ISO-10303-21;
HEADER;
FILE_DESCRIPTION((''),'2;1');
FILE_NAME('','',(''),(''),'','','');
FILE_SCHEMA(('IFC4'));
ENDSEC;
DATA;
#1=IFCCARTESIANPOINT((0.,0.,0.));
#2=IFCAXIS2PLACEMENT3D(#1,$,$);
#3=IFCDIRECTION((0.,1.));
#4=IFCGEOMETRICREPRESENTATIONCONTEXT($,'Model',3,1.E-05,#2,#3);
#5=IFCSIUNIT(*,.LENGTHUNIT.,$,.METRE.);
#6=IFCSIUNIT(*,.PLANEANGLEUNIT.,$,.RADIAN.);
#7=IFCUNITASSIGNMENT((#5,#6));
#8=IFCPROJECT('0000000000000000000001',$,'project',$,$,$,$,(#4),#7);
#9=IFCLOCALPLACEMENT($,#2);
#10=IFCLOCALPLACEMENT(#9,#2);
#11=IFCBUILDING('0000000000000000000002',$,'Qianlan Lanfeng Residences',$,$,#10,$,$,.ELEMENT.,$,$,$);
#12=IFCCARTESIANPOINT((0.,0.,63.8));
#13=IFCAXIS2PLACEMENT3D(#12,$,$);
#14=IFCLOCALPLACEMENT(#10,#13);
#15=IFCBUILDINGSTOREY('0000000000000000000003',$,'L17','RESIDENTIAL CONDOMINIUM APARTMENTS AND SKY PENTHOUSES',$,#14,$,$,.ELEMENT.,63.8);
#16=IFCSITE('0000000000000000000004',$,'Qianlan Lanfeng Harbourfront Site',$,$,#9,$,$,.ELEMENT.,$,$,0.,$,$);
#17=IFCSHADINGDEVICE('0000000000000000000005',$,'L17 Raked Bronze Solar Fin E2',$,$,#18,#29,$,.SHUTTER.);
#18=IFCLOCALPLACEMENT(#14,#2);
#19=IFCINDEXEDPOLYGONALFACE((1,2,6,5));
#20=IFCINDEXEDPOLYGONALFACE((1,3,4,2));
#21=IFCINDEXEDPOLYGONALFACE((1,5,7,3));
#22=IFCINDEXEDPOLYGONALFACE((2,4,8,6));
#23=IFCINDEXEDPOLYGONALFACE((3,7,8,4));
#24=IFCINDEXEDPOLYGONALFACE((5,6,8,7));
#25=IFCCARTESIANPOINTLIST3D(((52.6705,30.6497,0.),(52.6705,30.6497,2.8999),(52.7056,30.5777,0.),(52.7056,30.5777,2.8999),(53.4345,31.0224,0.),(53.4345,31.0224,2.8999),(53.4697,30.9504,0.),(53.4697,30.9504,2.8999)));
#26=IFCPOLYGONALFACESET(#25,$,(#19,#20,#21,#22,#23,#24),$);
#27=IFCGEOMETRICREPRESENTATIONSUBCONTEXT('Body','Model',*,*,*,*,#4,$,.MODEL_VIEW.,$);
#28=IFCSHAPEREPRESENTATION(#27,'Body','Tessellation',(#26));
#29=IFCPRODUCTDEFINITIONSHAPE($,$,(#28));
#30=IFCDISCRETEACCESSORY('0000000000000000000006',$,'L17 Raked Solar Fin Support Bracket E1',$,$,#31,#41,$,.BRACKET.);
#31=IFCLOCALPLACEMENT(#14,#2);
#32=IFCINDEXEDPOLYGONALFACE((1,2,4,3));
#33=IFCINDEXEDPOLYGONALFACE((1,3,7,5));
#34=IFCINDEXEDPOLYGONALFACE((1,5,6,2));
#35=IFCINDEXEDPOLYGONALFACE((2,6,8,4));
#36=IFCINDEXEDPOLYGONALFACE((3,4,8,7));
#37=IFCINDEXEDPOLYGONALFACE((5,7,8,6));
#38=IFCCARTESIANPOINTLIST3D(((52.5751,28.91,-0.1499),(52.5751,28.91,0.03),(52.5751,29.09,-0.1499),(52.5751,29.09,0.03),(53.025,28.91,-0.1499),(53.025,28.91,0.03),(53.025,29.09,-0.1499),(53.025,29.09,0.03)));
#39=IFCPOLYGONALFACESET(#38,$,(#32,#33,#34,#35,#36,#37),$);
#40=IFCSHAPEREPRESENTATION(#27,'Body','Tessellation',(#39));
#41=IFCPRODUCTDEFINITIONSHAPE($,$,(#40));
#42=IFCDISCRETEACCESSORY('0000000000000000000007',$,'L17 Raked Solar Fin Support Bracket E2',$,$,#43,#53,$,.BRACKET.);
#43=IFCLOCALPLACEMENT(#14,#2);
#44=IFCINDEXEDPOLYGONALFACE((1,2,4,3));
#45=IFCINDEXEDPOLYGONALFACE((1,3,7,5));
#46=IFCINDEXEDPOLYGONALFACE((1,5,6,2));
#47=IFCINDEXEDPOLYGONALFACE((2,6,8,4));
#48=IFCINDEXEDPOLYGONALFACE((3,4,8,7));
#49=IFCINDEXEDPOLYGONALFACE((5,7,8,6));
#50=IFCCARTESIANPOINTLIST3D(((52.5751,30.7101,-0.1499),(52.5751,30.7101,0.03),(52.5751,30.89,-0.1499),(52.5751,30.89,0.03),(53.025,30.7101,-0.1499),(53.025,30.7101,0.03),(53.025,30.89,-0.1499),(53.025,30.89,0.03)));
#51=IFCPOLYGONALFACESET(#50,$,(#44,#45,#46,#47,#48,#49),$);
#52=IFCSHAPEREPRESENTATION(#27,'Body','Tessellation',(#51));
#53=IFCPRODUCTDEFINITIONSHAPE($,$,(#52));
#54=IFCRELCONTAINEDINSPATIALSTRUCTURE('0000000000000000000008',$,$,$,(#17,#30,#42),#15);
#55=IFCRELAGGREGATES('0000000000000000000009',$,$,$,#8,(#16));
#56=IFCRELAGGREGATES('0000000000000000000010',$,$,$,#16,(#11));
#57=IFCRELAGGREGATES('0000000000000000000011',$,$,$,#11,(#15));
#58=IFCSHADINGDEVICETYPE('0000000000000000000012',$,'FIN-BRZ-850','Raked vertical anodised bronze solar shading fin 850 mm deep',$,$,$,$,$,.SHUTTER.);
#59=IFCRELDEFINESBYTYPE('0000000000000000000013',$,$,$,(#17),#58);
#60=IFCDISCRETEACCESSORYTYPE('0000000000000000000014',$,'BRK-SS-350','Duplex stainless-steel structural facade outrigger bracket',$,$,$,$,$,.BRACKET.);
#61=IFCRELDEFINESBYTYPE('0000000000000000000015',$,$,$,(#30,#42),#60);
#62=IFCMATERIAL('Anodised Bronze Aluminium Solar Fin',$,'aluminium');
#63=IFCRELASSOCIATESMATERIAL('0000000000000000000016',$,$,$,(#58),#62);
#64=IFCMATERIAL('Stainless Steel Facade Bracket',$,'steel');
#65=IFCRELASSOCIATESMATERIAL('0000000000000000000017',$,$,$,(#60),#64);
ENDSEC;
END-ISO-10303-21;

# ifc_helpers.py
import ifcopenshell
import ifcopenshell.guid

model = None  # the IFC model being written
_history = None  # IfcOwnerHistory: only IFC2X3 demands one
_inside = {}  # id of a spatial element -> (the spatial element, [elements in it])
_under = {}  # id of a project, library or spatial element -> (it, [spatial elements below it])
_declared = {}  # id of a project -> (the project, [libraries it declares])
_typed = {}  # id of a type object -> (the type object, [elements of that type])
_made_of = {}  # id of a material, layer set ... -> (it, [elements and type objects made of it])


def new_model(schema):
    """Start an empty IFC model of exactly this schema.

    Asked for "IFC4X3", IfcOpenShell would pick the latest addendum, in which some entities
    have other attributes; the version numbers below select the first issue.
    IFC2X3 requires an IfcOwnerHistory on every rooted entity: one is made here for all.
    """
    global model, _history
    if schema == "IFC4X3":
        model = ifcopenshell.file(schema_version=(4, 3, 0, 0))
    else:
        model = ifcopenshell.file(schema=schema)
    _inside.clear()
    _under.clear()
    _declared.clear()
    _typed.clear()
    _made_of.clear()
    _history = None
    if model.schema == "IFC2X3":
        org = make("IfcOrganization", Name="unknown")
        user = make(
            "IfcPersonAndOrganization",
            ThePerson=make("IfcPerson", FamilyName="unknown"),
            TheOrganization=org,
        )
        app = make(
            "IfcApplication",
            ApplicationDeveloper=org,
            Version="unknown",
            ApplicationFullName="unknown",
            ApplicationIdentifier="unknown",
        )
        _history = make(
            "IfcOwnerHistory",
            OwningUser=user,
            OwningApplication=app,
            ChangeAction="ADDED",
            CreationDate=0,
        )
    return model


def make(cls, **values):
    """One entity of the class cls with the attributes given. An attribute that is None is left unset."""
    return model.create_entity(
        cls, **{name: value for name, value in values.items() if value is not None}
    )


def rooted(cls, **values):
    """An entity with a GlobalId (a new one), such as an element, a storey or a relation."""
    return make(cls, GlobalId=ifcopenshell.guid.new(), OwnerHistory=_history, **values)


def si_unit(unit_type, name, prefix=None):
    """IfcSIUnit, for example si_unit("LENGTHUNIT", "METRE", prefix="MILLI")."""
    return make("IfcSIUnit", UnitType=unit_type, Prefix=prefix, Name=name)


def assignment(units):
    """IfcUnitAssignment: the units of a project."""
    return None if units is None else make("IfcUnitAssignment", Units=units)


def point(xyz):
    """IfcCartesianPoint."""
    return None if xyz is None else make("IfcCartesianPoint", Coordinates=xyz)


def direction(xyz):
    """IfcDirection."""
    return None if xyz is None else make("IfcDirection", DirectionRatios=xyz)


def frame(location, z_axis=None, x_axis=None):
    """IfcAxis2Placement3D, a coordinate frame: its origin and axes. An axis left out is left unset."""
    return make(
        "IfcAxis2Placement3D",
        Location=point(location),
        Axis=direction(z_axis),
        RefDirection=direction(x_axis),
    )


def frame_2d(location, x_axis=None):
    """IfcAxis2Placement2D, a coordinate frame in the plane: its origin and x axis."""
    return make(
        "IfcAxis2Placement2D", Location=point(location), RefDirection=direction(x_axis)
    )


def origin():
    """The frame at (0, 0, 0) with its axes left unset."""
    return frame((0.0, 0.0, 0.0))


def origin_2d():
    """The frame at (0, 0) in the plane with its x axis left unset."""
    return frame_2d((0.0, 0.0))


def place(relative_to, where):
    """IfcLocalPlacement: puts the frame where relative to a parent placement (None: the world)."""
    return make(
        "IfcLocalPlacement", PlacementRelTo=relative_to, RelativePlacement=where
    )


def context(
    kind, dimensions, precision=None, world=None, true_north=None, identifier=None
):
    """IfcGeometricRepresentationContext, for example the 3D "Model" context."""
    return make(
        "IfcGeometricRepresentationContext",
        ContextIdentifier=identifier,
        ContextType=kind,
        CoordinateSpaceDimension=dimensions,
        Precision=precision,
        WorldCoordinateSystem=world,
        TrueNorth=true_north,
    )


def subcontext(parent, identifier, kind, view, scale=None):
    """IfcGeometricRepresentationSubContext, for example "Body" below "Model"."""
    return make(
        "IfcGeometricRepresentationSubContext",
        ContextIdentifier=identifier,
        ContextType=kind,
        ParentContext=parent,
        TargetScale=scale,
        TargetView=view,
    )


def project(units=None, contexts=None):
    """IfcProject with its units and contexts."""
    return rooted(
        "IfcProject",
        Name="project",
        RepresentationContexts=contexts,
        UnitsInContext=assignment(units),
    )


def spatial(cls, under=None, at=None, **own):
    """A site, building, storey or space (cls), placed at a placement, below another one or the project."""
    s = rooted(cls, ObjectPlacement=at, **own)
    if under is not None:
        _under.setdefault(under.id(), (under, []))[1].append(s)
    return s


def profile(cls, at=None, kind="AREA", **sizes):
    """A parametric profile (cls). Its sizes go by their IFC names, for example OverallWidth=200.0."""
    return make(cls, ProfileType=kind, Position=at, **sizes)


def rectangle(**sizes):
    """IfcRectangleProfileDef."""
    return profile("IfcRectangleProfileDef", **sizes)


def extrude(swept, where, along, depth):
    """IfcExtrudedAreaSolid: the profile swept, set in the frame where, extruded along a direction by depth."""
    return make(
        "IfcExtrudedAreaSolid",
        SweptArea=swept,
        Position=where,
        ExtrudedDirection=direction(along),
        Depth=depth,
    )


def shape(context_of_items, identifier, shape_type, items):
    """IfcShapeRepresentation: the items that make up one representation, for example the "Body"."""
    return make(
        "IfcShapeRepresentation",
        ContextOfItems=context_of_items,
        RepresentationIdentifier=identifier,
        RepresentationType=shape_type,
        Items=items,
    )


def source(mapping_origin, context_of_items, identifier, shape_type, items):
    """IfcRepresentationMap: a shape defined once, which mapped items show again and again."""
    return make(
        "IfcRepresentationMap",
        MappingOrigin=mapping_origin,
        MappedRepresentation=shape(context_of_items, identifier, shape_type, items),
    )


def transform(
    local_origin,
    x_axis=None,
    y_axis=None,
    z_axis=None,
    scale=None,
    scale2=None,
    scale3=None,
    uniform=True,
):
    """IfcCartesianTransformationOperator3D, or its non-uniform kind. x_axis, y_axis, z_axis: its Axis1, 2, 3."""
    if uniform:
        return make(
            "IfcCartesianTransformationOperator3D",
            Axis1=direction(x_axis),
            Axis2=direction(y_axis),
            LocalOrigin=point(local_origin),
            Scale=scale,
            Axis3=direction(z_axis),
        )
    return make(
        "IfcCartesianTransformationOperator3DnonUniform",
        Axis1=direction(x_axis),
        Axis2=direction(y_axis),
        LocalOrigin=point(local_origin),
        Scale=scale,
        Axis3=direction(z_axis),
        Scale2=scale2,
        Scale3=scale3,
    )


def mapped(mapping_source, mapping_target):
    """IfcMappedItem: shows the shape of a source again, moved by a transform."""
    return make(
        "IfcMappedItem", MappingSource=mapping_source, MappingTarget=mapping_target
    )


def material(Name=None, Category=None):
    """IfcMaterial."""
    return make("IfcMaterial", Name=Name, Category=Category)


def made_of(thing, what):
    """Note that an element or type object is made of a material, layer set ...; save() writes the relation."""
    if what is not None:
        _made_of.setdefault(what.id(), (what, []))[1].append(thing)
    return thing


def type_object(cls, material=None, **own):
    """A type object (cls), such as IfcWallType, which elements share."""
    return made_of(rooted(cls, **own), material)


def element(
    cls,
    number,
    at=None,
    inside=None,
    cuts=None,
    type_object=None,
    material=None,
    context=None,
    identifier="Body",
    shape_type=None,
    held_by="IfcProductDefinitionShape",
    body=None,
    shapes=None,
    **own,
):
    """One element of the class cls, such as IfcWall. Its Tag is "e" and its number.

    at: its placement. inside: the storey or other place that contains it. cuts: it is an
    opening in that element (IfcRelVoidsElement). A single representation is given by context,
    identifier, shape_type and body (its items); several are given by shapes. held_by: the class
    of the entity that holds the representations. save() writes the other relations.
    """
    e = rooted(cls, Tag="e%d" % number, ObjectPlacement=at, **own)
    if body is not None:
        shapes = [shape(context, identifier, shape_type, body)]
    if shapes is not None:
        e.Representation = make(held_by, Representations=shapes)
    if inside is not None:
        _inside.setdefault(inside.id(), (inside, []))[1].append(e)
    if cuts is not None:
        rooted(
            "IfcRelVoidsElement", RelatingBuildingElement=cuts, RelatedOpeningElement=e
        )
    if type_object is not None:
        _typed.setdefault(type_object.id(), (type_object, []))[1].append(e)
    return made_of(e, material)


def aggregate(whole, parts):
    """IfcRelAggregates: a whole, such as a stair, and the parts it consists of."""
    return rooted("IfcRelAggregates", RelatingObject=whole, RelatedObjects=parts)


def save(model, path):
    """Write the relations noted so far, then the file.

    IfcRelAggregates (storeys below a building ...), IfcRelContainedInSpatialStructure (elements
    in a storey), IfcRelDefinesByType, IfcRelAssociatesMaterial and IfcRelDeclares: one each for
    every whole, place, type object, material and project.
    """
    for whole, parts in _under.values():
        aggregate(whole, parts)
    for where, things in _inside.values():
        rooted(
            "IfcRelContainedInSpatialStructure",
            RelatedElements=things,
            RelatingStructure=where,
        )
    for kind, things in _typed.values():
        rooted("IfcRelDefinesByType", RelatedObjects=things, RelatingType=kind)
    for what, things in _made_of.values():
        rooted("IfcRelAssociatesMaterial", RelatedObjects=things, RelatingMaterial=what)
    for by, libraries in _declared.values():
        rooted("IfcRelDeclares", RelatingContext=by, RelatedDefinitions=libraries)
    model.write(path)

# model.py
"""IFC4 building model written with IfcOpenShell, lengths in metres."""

from ifc_helpers import new_model, si_unit, direction, frame, origin, origin_2d, place, context, subcontext, project, spatial, rectangle, extrude, source, transform, mapped, material, type_object, element, save


model = new_model("IFC4")

# Units and contexts
model_context = context("Model", 3, precision=1e-05, world=origin(), true_north=direction((0.0, 1.0)))
body_context = subcontext(model_context, "Body", "Model", "MODEL_VIEW")
ifc_project = project(units=[si_unit("LENGTHUNIT", "METRE"), si_unit("PLANEANGLEUNIT", "RADIAN")], contexts=[model_context])

# Site, building, storey
site_placement = place(None, origin())
site = spatial("IfcSite", under=ifc_project, at=site_placement, Name="Qianlan Lanfeng Harbourfront Site", CompositionType="ELEMENT", RefElevation=0.0)
building_placement = place(site_placement, origin())
building = spatial("IfcBuilding", under=site, at=building_placement, Name="Qianlan Lanfeng Residences", CompositionType="ELEMENT")
storey_placement = place(building_placement, frame((0.0, 0.0, 63.8)))
storey = spatial("IfcBuildingStorey", under=building, at=storey_placement, Name="L17", Description="RESIDENTIAL CONDOMINIUM APARTMENTS AND SKY PENTHOUSES", CompositionType="ELEMENT", Elevation=63.8)

# Shading device
ifc_material_1 = material(Name="Anodised Bronze Aluminium Solar Fin", Category="aluminium")
shading_device_type = type_object("IfcShadingDeviceType", Name="FIN-BRZ-850", Description="Raked vertical anodised bronze solar shading fin 850 mm deep", PredefinedType="SHUTTER", material=ifc_material_1)
shared_shape_1 = source(origin(), body_context, "Body", "SweptSolid", [
    extrude(rectangle(XDim=0.8501, YDim=0.0801, at=origin_2d()), origin(), (0.0, 0.0, 1.0), 2.8999),
])
for number, where, z_axis, x_axis, name in (
    (1, (53.0701, 30.8, 0.0), (0.0, 0.0, 1.0), (0.898794, 0.438371, 0.0), "L17 Raked Bronze Solar Fin E2"),
):
    element("IfcShadingDevice", number, at=place(storey_placement, frame(where, z_axis=z_axis, x_axis=x_axis)), inside=storey, type_object=shading_device_type, Name=name, PredefinedType="SHUTTER", context=body_context, shape_type="MappedRepresentation", body=[
        mapped(shared_shape_1, transform((0.0, 0.0, 0.0), scale=1.0)),
    ])

# Discrete accessories
ifc_material_2 = material(Name="Stainless Steel Facade Bracket", Category="steel")
discrete_accessory_type = type_object("IfcDiscreteAccessoryType", Name="BRK-SS-350", Description="Duplex stainless-steel structural facade outrigger bracket", PredefinedType="BRACKET", material=ifc_material_2)
shared_shape_2 = source(origin(), body_context, "Body", "SweptSolid", [
    extrude(rectangle(XDim=0.45, YDim=0.1799, at=origin_2d()), origin(), (0.0, 0.0, 1.0), 0.1799),
])
for number, where, z_axis, x_axis, name in (
    (2, (52.8, 29.0, -0.1499), (0.0, 0.0, 1.0), (1.0, 0.0, 0.0), "L17 Raked Solar Fin Support Bracket E1"),
    (3, (52.8, 30.8, -0.1499), (0.0, 0.0, 1.0), (1.0, 0.0, 0.0), "L17 Raked Solar Fin Support Bracket E2"),
):
    element("IfcDiscreteAccessory", number, at=place(storey_placement, frame(where, z_axis=z_axis, x_axis=x_axis)), inside=storey, type_object=discrete_accessory_type, Name=name, PredefinedType="BRACKET", context=body_context, shape_type="MappedRepresentation", body=[
        mapped(shared_shape_2, transform((0.0, 0.0, 0.0), scale=1.0)),
    ])

save(model, "model.ifc")
